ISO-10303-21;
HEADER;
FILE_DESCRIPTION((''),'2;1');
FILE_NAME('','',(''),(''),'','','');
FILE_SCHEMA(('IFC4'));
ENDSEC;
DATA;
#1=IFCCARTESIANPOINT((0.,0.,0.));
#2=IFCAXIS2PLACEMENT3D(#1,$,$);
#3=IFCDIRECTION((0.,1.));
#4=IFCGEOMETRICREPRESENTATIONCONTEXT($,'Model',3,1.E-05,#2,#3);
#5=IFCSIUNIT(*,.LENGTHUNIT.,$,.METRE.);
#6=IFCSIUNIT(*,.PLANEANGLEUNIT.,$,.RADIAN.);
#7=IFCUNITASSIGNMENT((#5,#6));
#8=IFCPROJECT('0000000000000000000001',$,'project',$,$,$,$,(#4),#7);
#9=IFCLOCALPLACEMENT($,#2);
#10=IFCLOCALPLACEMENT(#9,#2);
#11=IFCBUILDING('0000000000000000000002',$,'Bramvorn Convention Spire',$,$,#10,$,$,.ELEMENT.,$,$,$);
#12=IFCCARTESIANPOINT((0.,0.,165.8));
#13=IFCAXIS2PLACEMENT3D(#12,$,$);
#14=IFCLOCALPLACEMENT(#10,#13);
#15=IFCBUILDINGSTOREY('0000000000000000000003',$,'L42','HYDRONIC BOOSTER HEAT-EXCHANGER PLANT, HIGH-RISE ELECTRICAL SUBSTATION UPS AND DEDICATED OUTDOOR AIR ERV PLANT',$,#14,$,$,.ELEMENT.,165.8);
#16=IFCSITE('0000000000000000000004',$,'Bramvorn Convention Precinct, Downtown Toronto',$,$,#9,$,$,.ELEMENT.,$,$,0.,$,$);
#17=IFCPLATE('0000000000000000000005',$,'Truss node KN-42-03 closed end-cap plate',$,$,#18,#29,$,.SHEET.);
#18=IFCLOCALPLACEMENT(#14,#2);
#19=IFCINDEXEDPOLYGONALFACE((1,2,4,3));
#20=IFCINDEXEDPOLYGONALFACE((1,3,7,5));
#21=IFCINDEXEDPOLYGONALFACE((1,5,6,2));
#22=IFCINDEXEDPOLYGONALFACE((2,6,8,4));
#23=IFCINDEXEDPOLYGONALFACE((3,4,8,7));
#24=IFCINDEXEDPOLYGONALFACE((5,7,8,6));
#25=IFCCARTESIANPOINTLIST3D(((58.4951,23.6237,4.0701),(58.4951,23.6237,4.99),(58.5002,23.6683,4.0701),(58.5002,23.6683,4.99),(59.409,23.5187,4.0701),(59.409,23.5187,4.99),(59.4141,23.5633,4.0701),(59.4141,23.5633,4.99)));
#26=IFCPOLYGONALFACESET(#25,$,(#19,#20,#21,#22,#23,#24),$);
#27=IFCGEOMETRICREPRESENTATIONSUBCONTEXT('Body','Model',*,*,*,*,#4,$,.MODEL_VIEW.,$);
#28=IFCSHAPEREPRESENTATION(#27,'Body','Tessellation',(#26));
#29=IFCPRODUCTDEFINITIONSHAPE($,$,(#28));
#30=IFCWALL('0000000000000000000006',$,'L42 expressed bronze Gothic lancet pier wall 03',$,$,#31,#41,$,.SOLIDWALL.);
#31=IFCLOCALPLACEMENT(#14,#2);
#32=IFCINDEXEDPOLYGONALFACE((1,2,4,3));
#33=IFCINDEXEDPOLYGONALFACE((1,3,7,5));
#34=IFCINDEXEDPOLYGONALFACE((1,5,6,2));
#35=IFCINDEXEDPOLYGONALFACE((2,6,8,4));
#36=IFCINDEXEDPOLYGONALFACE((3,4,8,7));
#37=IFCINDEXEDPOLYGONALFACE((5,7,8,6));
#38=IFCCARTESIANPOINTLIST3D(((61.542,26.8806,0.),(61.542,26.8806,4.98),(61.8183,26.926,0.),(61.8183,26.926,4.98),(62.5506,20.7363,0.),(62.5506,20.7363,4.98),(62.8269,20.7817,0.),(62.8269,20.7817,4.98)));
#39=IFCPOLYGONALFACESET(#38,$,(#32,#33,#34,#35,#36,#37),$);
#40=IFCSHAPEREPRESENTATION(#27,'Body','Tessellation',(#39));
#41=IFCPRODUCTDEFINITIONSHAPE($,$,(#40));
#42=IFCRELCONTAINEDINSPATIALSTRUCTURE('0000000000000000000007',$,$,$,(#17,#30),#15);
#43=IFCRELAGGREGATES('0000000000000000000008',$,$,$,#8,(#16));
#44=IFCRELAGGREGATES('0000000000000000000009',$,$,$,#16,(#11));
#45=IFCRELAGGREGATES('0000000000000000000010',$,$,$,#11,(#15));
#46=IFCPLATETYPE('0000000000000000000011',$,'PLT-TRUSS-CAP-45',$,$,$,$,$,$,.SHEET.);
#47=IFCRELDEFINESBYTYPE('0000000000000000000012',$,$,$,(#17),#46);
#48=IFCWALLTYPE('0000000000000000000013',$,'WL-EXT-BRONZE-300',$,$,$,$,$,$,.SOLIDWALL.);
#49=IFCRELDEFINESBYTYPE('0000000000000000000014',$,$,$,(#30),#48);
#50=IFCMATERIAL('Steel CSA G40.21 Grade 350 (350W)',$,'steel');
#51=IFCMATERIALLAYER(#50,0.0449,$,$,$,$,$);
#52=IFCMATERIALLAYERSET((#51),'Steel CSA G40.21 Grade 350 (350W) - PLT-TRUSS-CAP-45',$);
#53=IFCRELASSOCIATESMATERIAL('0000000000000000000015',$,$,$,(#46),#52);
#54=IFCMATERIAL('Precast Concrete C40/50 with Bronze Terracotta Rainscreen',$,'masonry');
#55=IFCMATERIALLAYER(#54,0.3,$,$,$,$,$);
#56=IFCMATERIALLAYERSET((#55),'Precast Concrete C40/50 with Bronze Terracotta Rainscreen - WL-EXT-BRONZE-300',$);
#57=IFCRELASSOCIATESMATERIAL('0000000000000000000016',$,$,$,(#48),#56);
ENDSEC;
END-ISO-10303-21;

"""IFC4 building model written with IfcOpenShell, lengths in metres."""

from ifc_helpers import new_model, si_unit, direction, frame, frame_2d, origin, origin_2d, place, context, subcontext, project, spatial, rectangle, extrude, material, layer, layer_set, type_object, element, save


model = new_model("IFC4")

# Units and contexts
model_context = context("Model", 3, precision=1e-05, world=origin(), true_north=direction((0.0, 1.0)))
body_context = subcontext(model_context, "Body", "Model", "MODEL_VIEW")
ifc_project = project(units=[si_unit("LENGTHUNIT", "METRE"), si_unit("PLANEANGLEUNIT", "RADIAN")], contexts=[model_context])

# Site, building, storey
site_placement = place(None, origin())
site = spatial("IfcSite", under=ifc_project, at=site_placement, Name="Bramvorn Convention Precinct, Downtown Toronto", CompositionType="ELEMENT", RefElevation=0.0)
building_placement = place(site_placement, origin())
building = spatial("IfcBuilding", under=site, at=building_placement, Name="Bramvorn Convention Spire", CompositionType="ELEMENT")
storey_placement = place(building_placement, frame((0.0, 0.0, 165.8)))
storey = spatial("IfcBuildingStorey", under=building, at=storey_placement, Name="L42", Description="HYDRONIC BOOSTER HEAT-EXCHANGER PLANT, HIGH-RISE ELECTRICAL SUBSTATION UPS AND DEDICATED OUTDOOR AIR ERV PLANT", CompositionType="ELEMENT", Elevation=165.8)

# Shared definitions
ifc_material_1 = material(Name="Steel CSA G40.21 Grade 350 (350W)", Category="steel")

# Plate
ifc_layer_1 = layer(ifc_material_1, 0.0449)
ifc_layer_set_1 = layer_set([ifc_layer_1], Name="Steel CSA G40.21 Grade 350 (350W) - PLT-TRUSS-CAP-45")
plate_type_1 = type_object("IfcPlateType", Name="PLT-TRUSS-CAP-45", PredefinedType="SHEET", material=ifc_layer_set_1)
plate_placement = place(storey_placement, frame((58.9546, 23.5935, 4.0701), z_axis=(0.0, 0.0, 1.0), x_axis=(0.99347, -0.114098, 0.0)))
element("IfcPlate", 1, at=plate_placement, inside=storey, type_object=plate_type_1, Name="Truss node KN-42-03 closed end-cap plate", PredefinedType="SHEET", context=body_context, shape_type="SweptSolid", body=[
    extrude(rectangle(XDim=0.9199, YDim=0.0449, at=origin_2d()), origin(), (0.0, 0.0, 1.0), 0.9199),
])

# Wall
ifc_material_2 = material(Name="Precast Concrete C40/50 with Bronze Terracotta Rainscreen", Category="masonry")
ifc_layer_2 = layer(ifc_material_2, 0.3)
ifc_layer_set_2 = layer_set([ifc_layer_2], Name="Precast Concrete C40/50 with Bronze Terracotta Rainscreen - WL-EXT-BRONZE-300")
wall_type = type_object("IfcWallType", Name="WL-EXT-BRONZE-300", PredefinedType="SOLIDWALL", material=ifc_layer_set_2)
wall_placement = place(storey_placement, frame((61.6802, 26.9033, 0.0), z_axis=(0.0, 0.0, 1.0), x_axis=(0.161976, -0.986795, 0.0)))
element("IfcWall", 2, at=wall_placement, inside=storey, type_object=wall_type, Name="L42 expressed bronze Gothic lancet pier wall 03", PredefinedType="SOLIDWALL", context=body_context, shape_type="SweptSolid", body=[
    extrude(rectangle(XDim=6.2266, YDim=0.28, at=frame_2d((3.1133, 0.0))), origin(), (0.0, 0.0, 1.0), 4.98),
])

save(model, "model.ifc")
